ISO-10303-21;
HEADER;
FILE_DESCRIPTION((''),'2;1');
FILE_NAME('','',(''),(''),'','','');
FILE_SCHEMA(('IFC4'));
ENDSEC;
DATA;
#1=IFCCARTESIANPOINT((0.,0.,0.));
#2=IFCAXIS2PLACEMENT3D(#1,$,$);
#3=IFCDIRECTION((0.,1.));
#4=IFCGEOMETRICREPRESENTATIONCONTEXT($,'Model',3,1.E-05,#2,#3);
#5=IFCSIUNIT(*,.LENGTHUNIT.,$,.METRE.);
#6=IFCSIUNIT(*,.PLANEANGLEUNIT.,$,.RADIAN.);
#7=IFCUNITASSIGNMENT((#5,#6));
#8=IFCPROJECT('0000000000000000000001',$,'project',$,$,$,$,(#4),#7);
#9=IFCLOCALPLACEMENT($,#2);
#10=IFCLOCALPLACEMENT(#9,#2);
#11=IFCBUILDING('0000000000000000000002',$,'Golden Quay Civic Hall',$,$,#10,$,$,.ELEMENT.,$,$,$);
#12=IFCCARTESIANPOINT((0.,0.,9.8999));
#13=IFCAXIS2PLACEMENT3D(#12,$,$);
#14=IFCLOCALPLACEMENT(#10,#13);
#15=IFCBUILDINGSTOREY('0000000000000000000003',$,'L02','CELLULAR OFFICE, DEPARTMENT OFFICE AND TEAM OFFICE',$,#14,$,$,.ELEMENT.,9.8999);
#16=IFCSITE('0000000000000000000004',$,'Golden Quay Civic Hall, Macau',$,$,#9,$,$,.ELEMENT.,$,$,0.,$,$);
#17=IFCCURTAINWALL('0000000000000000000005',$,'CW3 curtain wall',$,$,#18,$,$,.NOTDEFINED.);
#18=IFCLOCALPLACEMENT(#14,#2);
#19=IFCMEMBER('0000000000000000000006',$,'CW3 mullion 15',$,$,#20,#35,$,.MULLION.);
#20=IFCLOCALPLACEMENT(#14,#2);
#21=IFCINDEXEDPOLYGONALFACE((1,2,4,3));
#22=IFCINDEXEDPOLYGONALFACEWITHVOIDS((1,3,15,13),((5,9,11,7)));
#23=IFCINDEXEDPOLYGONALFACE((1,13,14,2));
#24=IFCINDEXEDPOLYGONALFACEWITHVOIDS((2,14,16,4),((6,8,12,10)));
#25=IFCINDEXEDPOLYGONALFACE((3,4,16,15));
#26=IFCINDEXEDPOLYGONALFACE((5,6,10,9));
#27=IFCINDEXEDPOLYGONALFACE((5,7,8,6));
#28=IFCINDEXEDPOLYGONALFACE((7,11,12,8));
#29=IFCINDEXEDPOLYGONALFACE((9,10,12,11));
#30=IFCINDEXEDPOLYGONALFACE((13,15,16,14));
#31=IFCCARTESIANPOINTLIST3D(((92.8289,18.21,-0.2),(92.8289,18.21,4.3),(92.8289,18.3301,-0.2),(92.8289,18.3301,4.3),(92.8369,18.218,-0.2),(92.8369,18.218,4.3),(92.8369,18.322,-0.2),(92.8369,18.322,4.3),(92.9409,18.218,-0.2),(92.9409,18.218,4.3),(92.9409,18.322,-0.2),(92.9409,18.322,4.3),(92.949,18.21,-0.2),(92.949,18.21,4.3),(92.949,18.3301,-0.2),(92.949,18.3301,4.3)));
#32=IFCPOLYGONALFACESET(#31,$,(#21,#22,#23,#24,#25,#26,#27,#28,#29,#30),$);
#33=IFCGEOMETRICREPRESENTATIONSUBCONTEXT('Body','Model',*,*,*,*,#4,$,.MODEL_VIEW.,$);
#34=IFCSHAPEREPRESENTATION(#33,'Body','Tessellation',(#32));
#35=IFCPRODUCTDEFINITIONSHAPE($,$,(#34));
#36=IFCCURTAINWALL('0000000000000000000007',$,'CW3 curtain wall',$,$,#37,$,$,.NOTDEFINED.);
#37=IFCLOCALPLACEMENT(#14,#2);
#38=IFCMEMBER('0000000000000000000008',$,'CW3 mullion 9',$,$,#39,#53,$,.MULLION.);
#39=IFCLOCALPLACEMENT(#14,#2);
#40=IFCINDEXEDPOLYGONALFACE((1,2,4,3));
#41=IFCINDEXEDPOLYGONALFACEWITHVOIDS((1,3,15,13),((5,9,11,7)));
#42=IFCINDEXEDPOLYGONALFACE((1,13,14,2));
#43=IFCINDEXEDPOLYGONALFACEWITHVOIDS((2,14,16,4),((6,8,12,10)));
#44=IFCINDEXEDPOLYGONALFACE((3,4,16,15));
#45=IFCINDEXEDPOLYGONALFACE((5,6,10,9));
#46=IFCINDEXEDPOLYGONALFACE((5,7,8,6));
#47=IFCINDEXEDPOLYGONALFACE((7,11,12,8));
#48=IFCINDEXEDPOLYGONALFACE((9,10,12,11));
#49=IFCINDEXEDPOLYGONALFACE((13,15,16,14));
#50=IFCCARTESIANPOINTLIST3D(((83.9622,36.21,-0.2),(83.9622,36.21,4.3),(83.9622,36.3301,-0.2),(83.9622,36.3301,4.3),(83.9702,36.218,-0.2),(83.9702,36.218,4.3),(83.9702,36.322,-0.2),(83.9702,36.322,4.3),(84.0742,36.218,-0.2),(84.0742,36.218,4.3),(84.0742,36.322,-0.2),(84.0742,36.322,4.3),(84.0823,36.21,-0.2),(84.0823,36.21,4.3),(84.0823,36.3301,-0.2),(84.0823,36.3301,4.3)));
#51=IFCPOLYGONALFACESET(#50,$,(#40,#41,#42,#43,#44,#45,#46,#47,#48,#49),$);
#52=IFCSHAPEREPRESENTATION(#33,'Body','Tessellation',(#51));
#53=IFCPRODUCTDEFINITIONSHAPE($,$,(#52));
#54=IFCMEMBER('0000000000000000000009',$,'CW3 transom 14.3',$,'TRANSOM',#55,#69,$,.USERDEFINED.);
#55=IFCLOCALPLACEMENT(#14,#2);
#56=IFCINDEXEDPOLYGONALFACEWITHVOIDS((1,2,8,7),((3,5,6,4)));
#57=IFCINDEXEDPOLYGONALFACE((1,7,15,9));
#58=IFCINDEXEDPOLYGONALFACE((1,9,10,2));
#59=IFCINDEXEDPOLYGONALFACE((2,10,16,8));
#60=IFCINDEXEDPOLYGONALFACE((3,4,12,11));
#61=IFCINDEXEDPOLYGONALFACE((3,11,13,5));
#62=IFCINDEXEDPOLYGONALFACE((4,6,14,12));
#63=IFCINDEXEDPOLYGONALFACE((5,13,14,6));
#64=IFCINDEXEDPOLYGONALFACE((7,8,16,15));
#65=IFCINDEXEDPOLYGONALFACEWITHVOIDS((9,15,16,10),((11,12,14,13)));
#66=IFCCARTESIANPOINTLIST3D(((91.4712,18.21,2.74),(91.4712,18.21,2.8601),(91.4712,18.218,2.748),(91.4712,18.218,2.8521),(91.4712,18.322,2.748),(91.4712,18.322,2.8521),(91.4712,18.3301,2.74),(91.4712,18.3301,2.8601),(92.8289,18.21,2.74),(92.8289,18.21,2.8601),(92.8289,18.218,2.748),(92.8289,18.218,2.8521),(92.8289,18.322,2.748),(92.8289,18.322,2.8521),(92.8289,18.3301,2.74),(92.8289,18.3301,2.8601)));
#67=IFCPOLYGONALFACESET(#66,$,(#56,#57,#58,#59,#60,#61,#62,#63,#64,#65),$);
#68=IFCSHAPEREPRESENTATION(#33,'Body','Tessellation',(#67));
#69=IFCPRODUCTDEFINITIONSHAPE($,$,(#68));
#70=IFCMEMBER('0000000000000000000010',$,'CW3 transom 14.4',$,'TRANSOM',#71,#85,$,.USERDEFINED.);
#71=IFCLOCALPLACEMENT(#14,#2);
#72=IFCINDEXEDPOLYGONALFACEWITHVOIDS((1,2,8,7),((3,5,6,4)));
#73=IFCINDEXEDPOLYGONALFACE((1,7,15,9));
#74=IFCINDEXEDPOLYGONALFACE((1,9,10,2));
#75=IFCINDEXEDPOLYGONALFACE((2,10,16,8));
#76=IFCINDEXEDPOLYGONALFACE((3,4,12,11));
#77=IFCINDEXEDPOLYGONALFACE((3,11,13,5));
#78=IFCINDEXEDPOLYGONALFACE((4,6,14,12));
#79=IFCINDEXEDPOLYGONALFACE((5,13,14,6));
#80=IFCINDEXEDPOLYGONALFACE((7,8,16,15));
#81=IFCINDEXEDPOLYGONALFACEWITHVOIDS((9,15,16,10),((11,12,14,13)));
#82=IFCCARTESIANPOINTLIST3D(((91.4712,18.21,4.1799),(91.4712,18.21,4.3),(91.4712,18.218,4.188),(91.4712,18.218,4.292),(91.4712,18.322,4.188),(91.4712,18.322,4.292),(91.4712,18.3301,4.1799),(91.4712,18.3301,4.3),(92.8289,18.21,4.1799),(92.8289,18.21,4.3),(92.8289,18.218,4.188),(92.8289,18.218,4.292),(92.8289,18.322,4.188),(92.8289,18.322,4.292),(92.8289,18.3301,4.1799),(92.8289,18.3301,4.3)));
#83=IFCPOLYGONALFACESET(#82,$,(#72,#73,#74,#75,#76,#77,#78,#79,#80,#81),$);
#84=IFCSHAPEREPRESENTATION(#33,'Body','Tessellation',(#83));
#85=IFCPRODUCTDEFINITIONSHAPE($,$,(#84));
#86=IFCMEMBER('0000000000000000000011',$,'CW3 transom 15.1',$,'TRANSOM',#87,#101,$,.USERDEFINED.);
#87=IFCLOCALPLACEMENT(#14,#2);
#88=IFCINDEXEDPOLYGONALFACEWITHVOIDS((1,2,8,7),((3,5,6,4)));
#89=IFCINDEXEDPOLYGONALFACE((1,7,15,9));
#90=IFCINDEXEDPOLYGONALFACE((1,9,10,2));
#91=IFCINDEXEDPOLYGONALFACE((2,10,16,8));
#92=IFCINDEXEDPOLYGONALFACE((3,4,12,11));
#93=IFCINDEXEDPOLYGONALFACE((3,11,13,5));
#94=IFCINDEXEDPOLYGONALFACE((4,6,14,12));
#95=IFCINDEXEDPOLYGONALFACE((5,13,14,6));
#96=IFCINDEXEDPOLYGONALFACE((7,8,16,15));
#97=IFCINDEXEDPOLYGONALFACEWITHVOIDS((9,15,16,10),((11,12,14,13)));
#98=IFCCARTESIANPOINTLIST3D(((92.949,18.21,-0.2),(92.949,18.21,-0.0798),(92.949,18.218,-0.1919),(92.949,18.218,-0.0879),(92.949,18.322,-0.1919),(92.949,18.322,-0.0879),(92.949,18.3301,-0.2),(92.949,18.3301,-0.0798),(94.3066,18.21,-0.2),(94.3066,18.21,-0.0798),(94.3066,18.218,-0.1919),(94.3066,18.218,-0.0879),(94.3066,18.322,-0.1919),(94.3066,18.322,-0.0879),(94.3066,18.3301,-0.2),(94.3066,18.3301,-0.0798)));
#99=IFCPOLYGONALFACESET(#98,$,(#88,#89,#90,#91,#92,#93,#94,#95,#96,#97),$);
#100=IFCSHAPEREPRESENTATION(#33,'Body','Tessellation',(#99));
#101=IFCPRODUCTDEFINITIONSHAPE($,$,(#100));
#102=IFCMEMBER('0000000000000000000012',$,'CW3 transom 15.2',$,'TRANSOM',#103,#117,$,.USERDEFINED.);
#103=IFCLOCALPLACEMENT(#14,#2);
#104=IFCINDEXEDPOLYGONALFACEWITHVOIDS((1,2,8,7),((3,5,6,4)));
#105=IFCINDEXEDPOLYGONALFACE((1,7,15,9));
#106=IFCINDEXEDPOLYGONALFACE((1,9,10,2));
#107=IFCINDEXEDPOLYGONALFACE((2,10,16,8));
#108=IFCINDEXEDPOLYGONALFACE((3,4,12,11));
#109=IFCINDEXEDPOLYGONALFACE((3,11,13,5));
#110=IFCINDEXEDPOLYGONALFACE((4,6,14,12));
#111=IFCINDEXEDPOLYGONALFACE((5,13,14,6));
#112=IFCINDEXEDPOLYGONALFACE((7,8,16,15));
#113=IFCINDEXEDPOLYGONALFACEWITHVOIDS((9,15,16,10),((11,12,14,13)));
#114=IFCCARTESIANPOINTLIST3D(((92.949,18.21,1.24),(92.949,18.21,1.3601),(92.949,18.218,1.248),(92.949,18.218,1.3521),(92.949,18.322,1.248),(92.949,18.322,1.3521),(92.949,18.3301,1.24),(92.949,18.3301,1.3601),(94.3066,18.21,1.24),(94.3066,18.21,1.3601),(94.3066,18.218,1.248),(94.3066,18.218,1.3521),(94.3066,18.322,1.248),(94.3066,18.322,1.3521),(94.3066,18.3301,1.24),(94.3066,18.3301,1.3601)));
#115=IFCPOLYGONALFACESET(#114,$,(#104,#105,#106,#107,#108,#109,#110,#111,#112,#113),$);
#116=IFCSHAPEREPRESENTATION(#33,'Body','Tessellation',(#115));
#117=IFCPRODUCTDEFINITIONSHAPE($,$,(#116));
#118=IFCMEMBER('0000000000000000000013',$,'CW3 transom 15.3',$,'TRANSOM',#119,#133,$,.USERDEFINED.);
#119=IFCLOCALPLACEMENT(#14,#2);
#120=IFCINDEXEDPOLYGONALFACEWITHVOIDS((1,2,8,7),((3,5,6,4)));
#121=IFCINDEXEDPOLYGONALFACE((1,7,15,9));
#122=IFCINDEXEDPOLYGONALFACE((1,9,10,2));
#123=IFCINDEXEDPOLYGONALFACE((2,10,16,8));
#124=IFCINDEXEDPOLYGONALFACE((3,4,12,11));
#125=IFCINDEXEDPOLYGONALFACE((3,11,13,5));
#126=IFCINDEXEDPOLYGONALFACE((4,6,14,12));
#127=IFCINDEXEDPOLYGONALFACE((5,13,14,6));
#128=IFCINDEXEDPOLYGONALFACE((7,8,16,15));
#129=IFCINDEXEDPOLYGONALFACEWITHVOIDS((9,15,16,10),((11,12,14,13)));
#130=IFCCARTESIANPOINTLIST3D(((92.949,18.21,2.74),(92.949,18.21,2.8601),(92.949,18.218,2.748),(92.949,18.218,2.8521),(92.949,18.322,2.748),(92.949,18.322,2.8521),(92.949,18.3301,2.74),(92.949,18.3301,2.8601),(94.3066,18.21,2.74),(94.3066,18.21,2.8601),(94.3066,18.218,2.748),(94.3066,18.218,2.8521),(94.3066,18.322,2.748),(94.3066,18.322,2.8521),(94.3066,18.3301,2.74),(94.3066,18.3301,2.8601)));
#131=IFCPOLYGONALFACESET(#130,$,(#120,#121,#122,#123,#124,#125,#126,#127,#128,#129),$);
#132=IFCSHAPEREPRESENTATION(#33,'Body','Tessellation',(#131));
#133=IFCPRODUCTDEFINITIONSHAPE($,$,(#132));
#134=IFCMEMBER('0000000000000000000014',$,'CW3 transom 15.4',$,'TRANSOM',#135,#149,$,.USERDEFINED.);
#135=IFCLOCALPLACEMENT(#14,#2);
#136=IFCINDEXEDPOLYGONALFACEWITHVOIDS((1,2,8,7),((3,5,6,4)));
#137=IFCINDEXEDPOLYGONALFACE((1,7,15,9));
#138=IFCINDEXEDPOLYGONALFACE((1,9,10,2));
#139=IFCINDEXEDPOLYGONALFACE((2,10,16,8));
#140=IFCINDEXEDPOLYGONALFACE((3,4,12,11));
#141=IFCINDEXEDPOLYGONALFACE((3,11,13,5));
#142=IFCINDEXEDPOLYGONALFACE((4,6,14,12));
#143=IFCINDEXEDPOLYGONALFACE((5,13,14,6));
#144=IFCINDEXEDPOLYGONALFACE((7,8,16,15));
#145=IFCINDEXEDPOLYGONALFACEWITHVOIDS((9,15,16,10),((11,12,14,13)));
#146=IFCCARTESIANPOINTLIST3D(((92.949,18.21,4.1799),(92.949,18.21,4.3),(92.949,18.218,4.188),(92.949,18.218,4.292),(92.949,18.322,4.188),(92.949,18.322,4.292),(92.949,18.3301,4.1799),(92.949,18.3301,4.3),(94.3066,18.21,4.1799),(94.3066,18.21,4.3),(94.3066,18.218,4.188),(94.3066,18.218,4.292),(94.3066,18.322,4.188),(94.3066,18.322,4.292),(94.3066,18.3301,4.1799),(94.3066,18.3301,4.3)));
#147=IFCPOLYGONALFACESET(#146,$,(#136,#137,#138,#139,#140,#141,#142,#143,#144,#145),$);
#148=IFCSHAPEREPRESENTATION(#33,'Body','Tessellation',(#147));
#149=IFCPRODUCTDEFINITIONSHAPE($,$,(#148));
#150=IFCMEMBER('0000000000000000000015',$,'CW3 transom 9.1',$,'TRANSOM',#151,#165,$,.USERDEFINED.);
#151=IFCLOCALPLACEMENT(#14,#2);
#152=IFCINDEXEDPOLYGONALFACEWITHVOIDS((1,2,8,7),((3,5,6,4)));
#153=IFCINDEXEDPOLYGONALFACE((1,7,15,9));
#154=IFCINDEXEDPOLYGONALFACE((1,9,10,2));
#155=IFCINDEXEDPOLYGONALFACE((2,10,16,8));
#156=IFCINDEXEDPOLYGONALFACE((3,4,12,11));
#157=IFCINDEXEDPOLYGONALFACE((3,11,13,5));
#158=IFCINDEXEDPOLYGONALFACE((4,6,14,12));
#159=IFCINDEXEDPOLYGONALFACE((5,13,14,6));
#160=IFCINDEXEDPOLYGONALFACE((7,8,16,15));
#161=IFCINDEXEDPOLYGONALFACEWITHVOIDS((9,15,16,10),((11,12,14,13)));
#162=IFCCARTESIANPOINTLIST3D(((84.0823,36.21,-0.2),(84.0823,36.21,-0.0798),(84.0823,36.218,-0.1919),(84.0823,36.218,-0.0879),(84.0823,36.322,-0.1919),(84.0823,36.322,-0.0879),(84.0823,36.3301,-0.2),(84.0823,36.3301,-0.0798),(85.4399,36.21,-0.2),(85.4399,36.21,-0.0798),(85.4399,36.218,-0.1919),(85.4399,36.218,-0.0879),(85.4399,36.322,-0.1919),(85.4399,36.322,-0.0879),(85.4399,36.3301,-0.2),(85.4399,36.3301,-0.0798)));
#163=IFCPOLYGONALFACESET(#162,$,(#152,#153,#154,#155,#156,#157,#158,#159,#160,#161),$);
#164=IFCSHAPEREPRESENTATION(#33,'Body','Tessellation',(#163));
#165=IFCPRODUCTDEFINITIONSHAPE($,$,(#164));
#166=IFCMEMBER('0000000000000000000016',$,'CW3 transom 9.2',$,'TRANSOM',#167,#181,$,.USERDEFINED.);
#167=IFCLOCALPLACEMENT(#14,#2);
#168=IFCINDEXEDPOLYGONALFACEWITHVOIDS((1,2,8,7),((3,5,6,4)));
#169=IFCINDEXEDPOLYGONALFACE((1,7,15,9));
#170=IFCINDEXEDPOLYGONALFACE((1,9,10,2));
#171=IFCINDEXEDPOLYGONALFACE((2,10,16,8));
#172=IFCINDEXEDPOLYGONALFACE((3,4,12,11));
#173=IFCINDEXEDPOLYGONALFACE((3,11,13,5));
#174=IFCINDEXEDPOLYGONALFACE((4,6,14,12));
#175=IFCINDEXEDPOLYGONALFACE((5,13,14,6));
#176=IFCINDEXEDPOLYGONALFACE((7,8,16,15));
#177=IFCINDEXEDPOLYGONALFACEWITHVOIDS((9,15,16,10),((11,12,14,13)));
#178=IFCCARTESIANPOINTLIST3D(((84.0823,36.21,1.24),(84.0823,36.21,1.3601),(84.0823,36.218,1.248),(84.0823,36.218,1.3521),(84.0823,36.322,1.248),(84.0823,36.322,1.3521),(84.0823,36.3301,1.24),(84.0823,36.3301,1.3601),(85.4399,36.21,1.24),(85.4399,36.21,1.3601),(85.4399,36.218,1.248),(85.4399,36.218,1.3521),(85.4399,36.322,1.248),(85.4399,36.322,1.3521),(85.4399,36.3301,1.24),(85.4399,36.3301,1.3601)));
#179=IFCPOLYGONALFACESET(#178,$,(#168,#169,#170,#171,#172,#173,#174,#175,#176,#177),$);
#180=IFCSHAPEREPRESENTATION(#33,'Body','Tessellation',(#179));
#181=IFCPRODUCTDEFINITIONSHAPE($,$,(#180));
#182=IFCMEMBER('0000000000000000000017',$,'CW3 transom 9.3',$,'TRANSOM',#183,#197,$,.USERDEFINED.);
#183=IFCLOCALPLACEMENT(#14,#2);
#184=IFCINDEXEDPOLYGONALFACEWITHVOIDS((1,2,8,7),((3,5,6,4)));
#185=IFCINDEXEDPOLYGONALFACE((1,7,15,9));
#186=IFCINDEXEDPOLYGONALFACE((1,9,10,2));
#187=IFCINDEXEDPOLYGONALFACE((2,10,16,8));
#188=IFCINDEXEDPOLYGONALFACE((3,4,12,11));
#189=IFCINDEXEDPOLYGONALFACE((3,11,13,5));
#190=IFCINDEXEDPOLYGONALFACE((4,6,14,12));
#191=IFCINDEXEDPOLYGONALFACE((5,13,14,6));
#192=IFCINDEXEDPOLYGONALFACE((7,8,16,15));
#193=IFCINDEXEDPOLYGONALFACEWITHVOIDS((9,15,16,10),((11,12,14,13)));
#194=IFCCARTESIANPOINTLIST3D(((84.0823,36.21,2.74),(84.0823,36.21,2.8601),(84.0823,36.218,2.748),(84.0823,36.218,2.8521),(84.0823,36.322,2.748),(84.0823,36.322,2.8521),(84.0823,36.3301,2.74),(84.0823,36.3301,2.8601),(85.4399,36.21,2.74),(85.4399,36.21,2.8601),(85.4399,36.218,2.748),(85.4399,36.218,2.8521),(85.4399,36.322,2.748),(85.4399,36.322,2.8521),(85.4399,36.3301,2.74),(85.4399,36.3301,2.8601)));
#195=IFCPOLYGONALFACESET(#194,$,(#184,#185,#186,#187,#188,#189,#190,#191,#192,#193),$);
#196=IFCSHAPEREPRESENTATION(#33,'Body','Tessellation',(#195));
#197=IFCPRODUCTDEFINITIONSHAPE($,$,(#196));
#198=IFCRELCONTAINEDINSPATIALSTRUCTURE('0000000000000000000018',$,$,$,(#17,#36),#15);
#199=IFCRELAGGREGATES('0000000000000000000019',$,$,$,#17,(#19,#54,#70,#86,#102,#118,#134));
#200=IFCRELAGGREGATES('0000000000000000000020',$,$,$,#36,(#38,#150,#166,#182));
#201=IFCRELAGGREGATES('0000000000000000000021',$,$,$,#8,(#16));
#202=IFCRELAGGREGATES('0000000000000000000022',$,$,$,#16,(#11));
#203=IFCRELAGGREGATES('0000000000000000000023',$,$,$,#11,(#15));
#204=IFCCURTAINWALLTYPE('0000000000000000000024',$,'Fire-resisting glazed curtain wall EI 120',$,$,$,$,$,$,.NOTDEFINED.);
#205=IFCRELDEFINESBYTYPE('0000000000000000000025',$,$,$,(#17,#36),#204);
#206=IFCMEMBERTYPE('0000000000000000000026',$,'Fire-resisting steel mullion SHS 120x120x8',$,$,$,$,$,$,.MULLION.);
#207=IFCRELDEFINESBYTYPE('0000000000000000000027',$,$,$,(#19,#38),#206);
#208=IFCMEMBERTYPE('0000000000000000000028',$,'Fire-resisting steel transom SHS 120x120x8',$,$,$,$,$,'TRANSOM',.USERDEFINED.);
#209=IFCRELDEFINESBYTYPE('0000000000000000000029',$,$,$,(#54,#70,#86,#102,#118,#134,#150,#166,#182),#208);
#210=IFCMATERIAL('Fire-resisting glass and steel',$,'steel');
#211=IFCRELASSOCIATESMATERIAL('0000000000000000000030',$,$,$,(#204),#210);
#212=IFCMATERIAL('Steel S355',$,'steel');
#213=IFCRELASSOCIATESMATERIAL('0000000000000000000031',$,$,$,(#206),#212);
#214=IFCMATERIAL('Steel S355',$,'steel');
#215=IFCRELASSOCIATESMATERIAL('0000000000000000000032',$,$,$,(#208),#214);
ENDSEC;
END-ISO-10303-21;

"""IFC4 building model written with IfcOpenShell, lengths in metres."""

from ifc_helpers import new_model, si_unit, direction, frame, origin, origin_2d, place, context, subcontext, project, spatial, hollow_rectangle, extrude, material, material_profile, profile_set, type_object, element, aggregate, save


model = new_model("IFC4")

# Units and contexts
model_context = context("Model", 3, precision=1e-05, world=origin(), true_north=direction((0.0, 1.0)))
body_context = subcontext(model_context, "Body", "Model", "MODEL_VIEW")
ifc_project = project(units=[si_unit("LENGTHUNIT", "METRE"), si_unit("PLANEANGLEUNIT", "RADIAN")], contexts=[model_context])

# Site, building, storey
site_placement = place(None, origin())
site = spatial("IfcSite", under=ifc_project, at=site_placement, Name="Golden Quay Civic Hall, Macau", CompositionType="ELEMENT", RefElevation=0.0)
building_placement = place(site_placement, origin())
building = spatial("IfcBuilding", under=site, at=building_placement, Name="Golden Quay Civic Hall", CompositionType="ELEMENT")
storey_placement = place(building_placement, frame((0.0, 0.0, 9.8999)))
storey = spatial("IfcBuildingStorey", under=building, at=storey_placement, Name="L02", Description="CELLULAR OFFICE, DEPARTMENT OFFICE AND TEAM OFFICE", CompositionType="ELEMENT", Elevation=9.8999)

# Curtain walls, members
ifc_material_1 = material(Name="Fire-resisting glass and steel", Category="steel")
curtain_wall_type = type_object("IfcCurtainWallType", Name="Fire-resisting glazed curtain wall EI 120", PredefinedType="NOTDEFINED", material=ifc_material_1)
curtain_wall_1_placement = place(storey_placement, origin())
curtain_wall_1 = element("IfcCurtainWall", 1, at=curtain_wall_1_placement, inside=storey, type_object=curtain_wall_type, Name="CW3 curtain wall", PredefinedType="NOTDEFINED")
ifc_material_2 = material(Name="Steel S355", Category="steel")
ifc_material_profile_1 = material_profile(ifc_material_2, hollow_rectangle(XDim=0.1201, YDim=0.1201, WallThickness=0.0081, at=origin_2d()), Name="SHS 120x120x8")
ifc_profile_set_1 = profile_set([ifc_material_profile_1], Name="Steel S355")
member_type_1 = type_object("IfcMemberType", Name="Fire-resisting steel mullion SHS 120x120x8", PredefinedType="MULLION", material=ifc_profile_set_1)
member_1_placement = place(storey_placement, frame((92.8889, 18.27, -0.2), z_axis=(0.0, 0.0, 1.0), x_axis=(0.0, 1.0, 0.0)))
member_1 = element("IfcMember", 2, at=member_1_placement, type_object=member_type_1, Name="CW3 mullion 15", PredefinedType="MULLION", context=body_context, shape_type="SweptSolid", body=[
    extrude(hollow_rectangle(XDim=0.1201, YDim=0.1201, WallThickness=0.0081, at=origin_2d()), origin(), (0.0, 0.0, 1.0), 4.5),
])
curtain_wall_2_placement = place(storey_placement, origin())
curtain_wall_2 = element("IfcCurtainWall", 3, at=curtain_wall_2_placement, inside=storey, type_object=curtain_wall_type, Name="CW3 curtain wall", PredefinedType="NOTDEFINED")
member_2_placement = place(storey_placement, frame((84.0222, 36.27, -0.2), z_axis=(0.0, 0.0, 1.0), x_axis=(0.0, 1.0, 0.0)))
member_2 = element("IfcMember", 4, at=member_2_placement, type_object=member_type_1, Name="CW3 mullion 9", PredefinedType="MULLION", context=body_context, shape_type="SweptSolid", body=[
    extrude(hollow_rectangle(XDim=0.1201, YDim=0.1201, WallThickness=0.0081, at=origin_2d()), origin(), (0.0, 0.0, 1.0), 4.5),
])

# Members
ifc_material_3 = material(Name="Steel S355", Category="steel")
ifc_material_profile_2 = material_profile(ifc_material_3, hollow_rectangle(XDim=0.1201, YDim=0.1201, WallThickness=0.0081, at=origin_2d()), Name="SHS 120x120x8")
ifc_profile_set_2 = profile_set([ifc_material_profile_2], Name="Steel S355")
member_type_2 = type_object("IfcMemberType", Name="Fire-resisting steel transom SHS 120x120x8", ElementType="TRANSOM", PredefinedType="USERDEFINED", material=ifc_profile_set_2)
member_3_placement = place(storey_placement, frame((91.4712, 18.27, 2.8), z_axis=(1.0, 0.0, 0.0), x_axis=(0.0, 1.0, 0.0)))
member_3 = element("IfcMember", 5, at=member_3_placement, type_object=member_type_2, Name="CW3 transom 14.3", ObjectType="TRANSOM", PredefinedType="USERDEFINED", context=body_context, shape_type="SweptSolid", body=[
    extrude(hollow_rectangle(XDim=0.1201, YDim=0.1201, WallThickness=0.0081, at=origin_2d()), origin(), (0.0, 0.0, 1.0), 1.3577),
])
member_4_placement = place(storey_placement, frame((91.4712, 18.27, 4.24), z_axis=(1.0, 0.0, 0.0), x_axis=(0.0, 1.0, 0.0)))
member_4 = element("IfcMember", 6, at=member_4_placement, type_object=member_type_2, Name="CW3 transom 14.4", ObjectType="TRANSOM", PredefinedType="USERDEFINED", context=body_context, shape_type="SweptSolid", body=[
    extrude(hollow_rectangle(XDim=0.1201, YDim=0.1201, WallThickness=0.0081, at=origin_2d()), origin(), (0.0, 0.0, 1.0), 1.3577),
])
member_5_placement = place(storey_placement, frame((92.949, 18.27, -0.1399), z_axis=(1.0, 0.0, 0.0), x_axis=(0.0, 1.0, 0.0)))
member_5 = element("IfcMember", 7, at=member_5_placement, type_object=member_type_2, Name="CW3 transom 15.1", ObjectType="TRANSOM", PredefinedType="USERDEFINED", context=body_context, shape_type="SweptSolid", body=[
    extrude(hollow_rectangle(XDim=0.1201, YDim=0.1201, WallThickness=0.0081, at=origin_2d()), origin(), (0.0, 0.0, 1.0), 1.3577),
])
member_6_placement = place(storey_placement, frame((92.949, 18.27, 1.3), z_axis=(1.0, 0.0, 0.0), x_axis=(0.0, 1.0, 0.0)))
member_6 = element("IfcMember", 8, at=member_6_placement, type_object=member_type_2, Name="CW3 transom 15.2", ObjectType="TRANSOM", PredefinedType="USERDEFINED", context=body_context, shape_type="SweptSolid", body=[
    extrude(hollow_rectangle(XDim=0.1201, YDim=0.1201, WallThickness=0.0081, at=origin_2d()), origin(), (0.0, 0.0, 1.0), 1.3577),
])
member_7_placement = place(storey_placement, frame((92.949, 18.27, 2.8), z_axis=(1.0, 0.0, 0.0), x_axis=(0.0, 1.0, 0.0)))
member_7 = element("IfcMember", 9, at=member_7_placement, type_object=member_type_2, Name="CW3 transom 15.3", ObjectType="TRANSOM", PredefinedType="USERDEFINED", context=body_context, shape_type="SweptSolid", body=[
    extrude(hollow_rectangle(XDim=0.1201, YDim=0.1201, WallThickness=0.0081, at=origin_2d()), origin(), (0.0, 0.0, 1.0), 1.3577),
])
member_8_placement = place(storey_placement, frame((92.949, 18.27, 4.24), z_axis=(1.0, 0.0, 0.0), x_axis=(0.0, 1.0, 0.0)))
member_8 = element("IfcMember", 10, at=member_8_placement, type_object=member_type_2, Name="CW3 transom 15.4", ObjectType="TRANSOM", PredefinedType="USERDEFINED", context=body_context, shape_type="SweptSolid", body=[
    extrude(hollow_rectangle(XDim=0.1201, YDim=0.1201, WallThickness=0.0081, at=origin_2d()), origin(), (0.0, 0.0, 1.0), 1.3577),
])
member_9_placement = place(storey_placement, frame((84.0823, 36.27, -0.1399), z_axis=(1.0, 0.0, 0.0), x_axis=(0.0, 1.0, 0.0)))
member_9 = element("IfcMember", 11, at=member_9_placement, type_object=member_type_2, Name="CW3 transom 9.1", ObjectType="TRANSOM", PredefinedType="USERDEFINED", context=body_context, shape_type="SweptSolid", body=[
    extrude(hollow_rectangle(XDim=0.1201, YDim=0.1201, WallThickness=0.0081, at=origin_2d()), origin(), (0.0, 0.0, 1.0), 1.3577),
])
member_10_placement = place(storey_placement, frame((84.0823, 36.27, 1.3), z_axis=(1.0, 0.0, 0.0), x_axis=(0.0, 1.0, 0.0)))
member_10 = element("IfcMember", 12, at=member_10_placement, type_object=member_type_2, Name="CW3 transom 9.2", ObjectType="TRANSOM", PredefinedType="USERDEFINED", context=body_context, shape_type="SweptSolid", body=[
    extrude(hollow_rectangle(XDim=0.1201, YDim=0.1201, WallThickness=0.0081, at=origin_2d()), origin(), (0.0, 0.0, 1.0), 1.3577),
])
member_11_placement = place(storey_placement, frame((84.0823, 36.27, 2.8), z_axis=(1.0, 0.0, 0.0), x_axis=(0.0, 1.0, 0.0)))
member_11 = element("IfcMember", 13, at=member_11_placement, type_object=member_type_2, Name="CW3 transom 9.3", ObjectType="TRANSOM", PredefinedType="USERDEFINED", context=body_context, shape_type="SweptSolid", body=[
    extrude(hollow_rectangle(XDim=0.1201, YDim=0.1201, WallThickness=0.0081, at=origin_2d()), origin(), (0.0, 0.0, 1.0), 1.3577),
])

aggregate(curtain_wall_1, [member_1, member_3, member_4, member_5, member_6, member_7, member_8])
aggregate(curtain_wall_2, [member_2, member_9, member_10, member_11])

save(model, "model.ifc")
